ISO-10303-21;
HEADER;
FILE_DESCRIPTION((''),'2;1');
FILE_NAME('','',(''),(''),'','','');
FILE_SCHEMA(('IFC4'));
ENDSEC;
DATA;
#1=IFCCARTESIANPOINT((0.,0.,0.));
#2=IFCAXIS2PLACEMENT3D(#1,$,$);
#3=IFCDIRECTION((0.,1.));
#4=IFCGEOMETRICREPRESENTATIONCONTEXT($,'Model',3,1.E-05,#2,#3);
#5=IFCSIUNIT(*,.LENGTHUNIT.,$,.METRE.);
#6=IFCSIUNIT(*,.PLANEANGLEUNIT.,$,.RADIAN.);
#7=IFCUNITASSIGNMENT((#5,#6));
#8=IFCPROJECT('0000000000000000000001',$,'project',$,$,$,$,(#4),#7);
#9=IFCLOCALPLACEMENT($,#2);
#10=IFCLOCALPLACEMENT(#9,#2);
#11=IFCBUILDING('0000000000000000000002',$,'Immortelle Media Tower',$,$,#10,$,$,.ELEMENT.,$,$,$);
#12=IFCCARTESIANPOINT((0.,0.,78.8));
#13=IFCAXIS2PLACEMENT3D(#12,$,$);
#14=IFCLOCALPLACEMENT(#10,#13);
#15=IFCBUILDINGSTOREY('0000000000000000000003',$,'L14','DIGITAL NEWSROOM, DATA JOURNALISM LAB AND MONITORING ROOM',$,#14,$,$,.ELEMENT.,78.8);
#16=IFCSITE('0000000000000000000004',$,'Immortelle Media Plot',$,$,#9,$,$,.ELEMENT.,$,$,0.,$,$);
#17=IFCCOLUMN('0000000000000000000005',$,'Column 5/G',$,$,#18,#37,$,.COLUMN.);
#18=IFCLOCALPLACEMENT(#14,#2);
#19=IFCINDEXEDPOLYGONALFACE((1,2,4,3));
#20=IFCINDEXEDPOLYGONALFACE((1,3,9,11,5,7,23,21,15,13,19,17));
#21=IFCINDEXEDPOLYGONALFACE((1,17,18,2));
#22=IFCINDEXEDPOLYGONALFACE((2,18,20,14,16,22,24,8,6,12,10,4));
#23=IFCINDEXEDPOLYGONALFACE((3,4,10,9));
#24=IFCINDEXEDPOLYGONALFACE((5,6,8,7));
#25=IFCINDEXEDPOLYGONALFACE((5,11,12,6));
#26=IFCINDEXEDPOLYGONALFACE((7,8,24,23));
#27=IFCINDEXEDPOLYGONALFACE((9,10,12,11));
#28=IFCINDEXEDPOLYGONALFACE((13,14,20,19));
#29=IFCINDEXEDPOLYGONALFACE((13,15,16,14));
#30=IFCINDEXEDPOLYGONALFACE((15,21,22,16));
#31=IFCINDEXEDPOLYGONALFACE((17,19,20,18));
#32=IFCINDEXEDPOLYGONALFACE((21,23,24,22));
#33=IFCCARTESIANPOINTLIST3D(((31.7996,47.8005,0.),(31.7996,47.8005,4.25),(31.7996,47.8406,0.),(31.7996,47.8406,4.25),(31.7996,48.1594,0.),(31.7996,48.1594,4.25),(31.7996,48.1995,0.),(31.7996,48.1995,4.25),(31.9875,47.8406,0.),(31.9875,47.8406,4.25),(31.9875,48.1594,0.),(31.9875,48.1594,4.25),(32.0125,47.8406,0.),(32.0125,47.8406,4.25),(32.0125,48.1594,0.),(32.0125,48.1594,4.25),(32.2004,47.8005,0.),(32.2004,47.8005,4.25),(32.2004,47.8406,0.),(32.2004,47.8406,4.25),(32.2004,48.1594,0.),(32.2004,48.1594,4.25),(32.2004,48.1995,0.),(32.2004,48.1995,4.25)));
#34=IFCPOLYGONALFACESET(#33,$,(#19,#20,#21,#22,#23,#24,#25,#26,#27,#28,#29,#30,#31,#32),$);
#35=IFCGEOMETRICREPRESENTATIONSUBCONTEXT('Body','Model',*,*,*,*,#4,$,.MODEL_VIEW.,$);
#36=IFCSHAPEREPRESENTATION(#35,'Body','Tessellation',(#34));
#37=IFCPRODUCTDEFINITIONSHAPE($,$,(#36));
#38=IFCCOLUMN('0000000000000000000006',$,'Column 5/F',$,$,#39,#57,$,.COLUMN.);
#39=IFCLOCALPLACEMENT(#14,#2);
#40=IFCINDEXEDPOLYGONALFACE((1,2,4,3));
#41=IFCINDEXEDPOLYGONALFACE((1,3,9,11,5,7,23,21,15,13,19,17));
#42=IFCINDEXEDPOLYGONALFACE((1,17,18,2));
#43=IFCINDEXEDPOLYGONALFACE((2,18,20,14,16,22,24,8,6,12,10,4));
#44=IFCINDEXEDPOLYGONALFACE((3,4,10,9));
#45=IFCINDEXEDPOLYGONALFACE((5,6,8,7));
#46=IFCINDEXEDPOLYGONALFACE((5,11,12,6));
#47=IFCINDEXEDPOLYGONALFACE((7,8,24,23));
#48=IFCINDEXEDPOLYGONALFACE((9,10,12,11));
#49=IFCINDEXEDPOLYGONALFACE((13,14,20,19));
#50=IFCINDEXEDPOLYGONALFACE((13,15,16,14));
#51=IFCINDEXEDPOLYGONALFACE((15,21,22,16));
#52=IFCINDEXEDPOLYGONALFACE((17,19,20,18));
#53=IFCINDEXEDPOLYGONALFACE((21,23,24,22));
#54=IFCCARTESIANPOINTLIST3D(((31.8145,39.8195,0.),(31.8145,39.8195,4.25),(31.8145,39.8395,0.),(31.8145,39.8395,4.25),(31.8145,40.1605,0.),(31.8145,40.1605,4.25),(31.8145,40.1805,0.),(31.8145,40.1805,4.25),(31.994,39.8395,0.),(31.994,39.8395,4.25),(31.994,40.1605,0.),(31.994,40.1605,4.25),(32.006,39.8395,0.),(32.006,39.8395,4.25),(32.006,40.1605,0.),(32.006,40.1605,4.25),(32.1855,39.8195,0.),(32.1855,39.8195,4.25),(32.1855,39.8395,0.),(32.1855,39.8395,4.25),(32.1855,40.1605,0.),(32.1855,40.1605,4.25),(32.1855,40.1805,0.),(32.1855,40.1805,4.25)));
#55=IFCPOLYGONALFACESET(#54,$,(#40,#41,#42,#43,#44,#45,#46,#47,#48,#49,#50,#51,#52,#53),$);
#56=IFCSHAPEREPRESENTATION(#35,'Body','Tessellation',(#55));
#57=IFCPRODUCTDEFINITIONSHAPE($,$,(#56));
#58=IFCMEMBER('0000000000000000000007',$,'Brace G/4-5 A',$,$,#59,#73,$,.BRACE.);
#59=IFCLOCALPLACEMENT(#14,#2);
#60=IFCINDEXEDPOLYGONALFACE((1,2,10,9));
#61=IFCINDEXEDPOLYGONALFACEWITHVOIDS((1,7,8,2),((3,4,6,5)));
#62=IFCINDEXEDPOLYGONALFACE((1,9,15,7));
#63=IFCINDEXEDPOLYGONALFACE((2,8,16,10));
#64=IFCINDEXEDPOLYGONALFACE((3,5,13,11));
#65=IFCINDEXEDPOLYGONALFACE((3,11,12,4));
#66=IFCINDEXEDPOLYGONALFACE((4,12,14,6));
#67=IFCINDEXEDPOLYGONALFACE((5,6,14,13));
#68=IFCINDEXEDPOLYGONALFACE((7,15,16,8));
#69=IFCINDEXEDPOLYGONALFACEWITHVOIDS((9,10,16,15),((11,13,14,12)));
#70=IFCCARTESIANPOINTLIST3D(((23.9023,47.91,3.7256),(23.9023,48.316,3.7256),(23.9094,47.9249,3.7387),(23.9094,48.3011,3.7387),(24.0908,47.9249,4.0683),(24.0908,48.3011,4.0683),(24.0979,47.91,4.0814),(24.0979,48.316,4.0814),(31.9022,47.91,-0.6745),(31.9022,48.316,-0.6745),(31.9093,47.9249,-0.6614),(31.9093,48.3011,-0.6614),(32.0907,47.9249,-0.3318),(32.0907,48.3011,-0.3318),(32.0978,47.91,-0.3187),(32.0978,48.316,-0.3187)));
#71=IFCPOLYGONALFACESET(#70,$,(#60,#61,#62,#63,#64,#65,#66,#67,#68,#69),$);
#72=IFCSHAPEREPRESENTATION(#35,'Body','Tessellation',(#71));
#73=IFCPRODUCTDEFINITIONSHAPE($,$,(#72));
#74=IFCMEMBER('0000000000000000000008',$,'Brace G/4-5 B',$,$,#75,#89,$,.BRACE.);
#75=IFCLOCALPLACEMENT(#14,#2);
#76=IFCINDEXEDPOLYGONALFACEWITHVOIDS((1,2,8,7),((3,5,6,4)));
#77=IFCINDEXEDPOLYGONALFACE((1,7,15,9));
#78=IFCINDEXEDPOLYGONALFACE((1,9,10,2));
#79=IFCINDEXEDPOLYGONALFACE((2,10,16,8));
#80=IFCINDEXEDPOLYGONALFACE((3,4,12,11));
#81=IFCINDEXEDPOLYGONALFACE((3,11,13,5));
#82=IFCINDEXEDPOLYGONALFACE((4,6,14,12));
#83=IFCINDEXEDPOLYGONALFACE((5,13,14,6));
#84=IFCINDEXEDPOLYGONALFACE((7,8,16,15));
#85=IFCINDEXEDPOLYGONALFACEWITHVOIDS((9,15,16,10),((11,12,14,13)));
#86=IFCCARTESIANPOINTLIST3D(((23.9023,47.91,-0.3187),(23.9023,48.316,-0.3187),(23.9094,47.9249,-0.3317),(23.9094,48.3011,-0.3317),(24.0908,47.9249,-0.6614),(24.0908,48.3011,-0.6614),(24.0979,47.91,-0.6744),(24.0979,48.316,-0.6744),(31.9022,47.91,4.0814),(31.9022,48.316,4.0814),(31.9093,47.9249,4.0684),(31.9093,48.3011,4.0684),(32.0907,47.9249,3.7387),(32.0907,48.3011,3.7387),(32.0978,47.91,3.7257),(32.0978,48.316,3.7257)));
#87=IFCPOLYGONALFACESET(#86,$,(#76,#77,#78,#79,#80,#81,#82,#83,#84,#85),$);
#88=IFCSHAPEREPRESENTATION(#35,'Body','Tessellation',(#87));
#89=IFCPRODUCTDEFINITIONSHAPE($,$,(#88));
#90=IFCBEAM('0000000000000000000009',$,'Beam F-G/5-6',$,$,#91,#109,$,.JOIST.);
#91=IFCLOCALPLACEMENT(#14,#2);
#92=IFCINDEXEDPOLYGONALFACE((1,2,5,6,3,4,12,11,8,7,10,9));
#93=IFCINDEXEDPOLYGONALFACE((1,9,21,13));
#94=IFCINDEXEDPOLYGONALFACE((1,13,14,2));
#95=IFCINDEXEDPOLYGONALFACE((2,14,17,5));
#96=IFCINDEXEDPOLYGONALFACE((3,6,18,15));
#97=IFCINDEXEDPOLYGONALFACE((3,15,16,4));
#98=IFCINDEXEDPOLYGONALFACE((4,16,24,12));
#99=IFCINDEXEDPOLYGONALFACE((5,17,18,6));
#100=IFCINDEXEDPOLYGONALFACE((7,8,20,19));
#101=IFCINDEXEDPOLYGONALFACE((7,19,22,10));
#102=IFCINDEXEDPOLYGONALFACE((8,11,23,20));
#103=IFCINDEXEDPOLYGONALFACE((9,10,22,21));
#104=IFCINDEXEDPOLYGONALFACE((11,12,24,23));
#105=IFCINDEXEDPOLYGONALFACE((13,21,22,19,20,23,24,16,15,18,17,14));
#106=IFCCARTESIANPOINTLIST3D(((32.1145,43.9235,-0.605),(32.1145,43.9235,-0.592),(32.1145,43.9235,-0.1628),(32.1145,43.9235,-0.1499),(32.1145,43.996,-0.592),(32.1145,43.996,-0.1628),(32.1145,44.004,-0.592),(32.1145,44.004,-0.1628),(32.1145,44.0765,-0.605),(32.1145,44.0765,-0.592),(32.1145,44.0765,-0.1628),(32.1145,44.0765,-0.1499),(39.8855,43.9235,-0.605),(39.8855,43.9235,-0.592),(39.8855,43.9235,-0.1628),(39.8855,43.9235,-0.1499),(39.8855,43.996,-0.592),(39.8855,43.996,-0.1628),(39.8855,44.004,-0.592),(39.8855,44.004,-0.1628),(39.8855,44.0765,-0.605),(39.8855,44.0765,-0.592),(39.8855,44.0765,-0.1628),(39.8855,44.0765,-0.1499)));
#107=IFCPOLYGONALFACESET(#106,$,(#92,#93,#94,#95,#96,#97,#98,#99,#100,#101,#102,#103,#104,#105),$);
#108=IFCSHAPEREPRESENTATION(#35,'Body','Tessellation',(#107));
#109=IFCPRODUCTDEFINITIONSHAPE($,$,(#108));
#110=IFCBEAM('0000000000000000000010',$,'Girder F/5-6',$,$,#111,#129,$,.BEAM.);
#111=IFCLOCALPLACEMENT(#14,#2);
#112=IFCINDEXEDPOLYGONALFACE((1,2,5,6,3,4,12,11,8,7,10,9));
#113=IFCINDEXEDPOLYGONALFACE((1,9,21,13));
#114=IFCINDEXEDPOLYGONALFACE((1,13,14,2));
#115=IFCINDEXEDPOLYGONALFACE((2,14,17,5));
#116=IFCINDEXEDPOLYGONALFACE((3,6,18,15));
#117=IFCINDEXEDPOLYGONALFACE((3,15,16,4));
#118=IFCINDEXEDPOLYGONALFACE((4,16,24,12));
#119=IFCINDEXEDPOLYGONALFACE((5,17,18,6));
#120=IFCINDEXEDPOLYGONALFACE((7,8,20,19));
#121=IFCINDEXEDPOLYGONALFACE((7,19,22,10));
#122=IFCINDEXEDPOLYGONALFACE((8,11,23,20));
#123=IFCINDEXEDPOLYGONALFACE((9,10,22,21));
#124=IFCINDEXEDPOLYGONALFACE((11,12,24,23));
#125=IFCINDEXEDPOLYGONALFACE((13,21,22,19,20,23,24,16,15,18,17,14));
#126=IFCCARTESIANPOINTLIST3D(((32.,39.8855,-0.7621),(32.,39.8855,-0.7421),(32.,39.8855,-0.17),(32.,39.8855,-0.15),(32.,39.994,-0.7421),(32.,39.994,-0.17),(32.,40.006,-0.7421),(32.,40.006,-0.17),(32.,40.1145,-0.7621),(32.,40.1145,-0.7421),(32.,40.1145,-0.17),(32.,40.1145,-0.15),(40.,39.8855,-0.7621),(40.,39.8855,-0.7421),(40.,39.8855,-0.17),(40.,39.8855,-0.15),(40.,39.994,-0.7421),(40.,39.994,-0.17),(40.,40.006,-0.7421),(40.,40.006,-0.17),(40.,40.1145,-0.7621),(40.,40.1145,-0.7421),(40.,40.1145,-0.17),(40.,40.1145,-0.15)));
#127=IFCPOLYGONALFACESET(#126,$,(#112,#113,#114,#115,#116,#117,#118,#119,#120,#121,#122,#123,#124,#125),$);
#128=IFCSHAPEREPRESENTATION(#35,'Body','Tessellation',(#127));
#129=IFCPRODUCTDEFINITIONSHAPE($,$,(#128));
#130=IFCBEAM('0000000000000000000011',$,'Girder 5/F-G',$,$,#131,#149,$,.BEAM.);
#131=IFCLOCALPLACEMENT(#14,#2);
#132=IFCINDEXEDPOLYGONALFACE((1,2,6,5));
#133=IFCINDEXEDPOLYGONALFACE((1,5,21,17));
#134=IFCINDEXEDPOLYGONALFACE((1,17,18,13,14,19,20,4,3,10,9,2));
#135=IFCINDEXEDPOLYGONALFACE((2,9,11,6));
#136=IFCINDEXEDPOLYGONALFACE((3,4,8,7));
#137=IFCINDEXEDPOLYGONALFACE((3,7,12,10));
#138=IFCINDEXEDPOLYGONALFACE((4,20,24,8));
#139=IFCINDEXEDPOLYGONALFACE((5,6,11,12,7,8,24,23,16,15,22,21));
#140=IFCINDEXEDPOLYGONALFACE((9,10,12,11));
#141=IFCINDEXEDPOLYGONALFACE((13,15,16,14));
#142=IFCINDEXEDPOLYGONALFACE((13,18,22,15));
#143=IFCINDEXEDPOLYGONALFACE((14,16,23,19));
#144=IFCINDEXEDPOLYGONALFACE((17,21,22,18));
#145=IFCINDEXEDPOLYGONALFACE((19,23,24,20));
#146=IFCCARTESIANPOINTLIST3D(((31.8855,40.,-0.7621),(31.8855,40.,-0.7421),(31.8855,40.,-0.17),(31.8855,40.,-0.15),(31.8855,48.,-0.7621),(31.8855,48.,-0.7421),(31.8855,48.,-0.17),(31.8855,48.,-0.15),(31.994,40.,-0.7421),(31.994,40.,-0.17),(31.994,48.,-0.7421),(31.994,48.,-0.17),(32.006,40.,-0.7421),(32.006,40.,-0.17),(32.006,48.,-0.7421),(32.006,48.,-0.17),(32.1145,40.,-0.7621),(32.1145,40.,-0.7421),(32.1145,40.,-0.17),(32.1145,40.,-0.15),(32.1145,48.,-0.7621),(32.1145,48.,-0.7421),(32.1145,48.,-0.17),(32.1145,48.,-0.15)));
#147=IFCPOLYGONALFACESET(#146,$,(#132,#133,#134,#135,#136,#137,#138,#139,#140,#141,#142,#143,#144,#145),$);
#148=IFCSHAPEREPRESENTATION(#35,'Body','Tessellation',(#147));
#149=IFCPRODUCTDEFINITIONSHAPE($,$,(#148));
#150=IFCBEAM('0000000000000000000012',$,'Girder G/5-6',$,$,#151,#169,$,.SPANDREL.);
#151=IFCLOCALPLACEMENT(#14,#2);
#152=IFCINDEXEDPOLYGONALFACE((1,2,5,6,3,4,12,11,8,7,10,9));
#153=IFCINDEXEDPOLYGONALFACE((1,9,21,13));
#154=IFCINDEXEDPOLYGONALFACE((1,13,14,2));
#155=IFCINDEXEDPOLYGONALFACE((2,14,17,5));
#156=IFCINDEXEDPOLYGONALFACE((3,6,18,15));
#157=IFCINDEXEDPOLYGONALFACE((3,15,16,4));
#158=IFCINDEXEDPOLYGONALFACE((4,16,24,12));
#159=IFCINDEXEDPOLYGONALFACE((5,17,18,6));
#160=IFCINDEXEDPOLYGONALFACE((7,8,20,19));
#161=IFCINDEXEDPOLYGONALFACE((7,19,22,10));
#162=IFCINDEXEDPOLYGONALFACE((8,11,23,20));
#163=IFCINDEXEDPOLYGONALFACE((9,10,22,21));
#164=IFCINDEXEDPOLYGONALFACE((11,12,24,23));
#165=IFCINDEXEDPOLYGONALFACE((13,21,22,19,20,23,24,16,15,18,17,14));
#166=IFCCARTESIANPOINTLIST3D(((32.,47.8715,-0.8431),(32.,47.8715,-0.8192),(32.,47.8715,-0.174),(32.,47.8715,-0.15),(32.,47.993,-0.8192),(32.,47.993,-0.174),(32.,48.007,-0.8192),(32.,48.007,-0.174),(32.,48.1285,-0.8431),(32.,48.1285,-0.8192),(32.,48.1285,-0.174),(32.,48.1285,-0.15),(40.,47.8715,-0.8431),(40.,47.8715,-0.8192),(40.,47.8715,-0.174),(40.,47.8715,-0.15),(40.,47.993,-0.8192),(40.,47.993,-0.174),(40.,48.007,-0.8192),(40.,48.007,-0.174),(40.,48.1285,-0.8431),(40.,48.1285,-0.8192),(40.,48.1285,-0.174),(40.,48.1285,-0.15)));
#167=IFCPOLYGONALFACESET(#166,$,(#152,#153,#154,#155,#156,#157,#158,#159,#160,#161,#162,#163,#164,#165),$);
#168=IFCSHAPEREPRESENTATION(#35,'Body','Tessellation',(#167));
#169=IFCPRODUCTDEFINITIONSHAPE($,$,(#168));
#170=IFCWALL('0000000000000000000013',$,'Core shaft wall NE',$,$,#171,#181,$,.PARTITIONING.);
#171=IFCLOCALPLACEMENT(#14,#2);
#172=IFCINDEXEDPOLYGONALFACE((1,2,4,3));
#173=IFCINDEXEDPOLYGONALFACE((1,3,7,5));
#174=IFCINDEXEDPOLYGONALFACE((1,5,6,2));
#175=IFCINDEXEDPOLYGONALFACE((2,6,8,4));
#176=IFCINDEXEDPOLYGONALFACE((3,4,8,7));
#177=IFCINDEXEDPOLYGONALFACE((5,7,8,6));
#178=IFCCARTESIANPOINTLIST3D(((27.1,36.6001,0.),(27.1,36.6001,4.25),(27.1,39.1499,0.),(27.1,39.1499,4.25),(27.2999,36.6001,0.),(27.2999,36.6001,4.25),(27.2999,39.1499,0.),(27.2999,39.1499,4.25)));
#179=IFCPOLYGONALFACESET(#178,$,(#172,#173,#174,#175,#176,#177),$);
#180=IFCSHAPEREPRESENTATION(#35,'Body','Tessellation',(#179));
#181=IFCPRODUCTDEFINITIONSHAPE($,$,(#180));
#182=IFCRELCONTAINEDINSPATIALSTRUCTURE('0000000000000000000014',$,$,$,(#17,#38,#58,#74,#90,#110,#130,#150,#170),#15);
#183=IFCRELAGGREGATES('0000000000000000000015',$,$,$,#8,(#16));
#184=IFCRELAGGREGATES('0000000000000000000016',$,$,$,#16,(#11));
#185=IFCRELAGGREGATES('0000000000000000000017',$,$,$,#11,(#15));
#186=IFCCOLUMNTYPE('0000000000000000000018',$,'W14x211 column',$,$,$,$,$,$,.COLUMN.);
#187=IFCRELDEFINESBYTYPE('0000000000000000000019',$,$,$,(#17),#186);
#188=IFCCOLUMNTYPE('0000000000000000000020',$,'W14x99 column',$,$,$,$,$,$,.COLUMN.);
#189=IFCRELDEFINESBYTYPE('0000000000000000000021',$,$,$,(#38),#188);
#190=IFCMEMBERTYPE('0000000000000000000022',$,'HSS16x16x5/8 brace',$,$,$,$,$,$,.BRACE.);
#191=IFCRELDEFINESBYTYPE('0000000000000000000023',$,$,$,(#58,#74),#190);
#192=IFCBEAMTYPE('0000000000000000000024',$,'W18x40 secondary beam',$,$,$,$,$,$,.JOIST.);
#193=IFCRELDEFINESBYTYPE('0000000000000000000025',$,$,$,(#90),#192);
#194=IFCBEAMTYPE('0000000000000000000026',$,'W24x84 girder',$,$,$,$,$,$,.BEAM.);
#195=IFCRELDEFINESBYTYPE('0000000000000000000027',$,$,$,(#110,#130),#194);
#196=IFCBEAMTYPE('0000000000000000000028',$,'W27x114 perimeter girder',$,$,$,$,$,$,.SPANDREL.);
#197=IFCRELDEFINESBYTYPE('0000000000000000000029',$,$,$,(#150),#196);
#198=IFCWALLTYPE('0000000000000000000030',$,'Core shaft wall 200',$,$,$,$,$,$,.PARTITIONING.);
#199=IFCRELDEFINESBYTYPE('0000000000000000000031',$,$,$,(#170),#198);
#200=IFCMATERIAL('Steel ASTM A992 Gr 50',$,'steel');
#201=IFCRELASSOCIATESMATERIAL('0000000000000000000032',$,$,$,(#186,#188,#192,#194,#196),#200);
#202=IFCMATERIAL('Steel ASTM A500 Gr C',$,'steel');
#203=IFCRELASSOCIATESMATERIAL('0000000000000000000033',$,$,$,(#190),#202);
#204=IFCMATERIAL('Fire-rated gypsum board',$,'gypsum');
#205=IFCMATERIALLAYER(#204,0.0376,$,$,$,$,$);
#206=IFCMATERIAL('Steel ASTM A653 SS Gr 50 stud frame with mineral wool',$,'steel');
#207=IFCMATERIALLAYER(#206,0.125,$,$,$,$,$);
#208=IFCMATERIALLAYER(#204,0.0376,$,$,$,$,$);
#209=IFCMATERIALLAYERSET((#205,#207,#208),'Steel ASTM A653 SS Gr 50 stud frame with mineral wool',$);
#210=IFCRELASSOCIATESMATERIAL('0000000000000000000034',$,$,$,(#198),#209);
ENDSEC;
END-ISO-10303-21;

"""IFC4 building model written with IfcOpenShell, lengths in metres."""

from ifc_helpers import new_model, si_unit, direction, frame, frame_2d, origin, origin_2d, place, context, subcontext, project, spatial, rectangle, hollow_rectangle, i_section, extrude, material, layer, layer_set, material_profile, profile_set, type_object, element, save


model = new_model("IFC4")

# Units and contexts
model_context = context("Model", 3, precision=1e-05, world=origin(), true_north=direction((0.0, 1.0)))
body_context = subcontext(model_context, "Body", "Model", "MODEL_VIEW")
ifc_project = project(units=[si_unit("LENGTHUNIT", "METRE"), si_unit("PLANEANGLEUNIT", "RADIAN")], contexts=[model_context])

# Site, building, storey
site_placement = place(None, origin())
site = spatial("IfcSite", under=ifc_project, at=site_placement, Name="Immortelle Media Plot", CompositionType="ELEMENT", RefElevation=0.0)
building_placement = place(site_placement, origin())
building = spatial("IfcBuilding", under=site, at=building_placement, Name="Immortelle Media Tower", CompositionType="ELEMENT")
storey_placement = place(building_placement, frame((0.0, 0.0, 78.8)))
storey = spatial("IfcBuildingStorey", under=building, at=storey_placement, Name="L14", Description="DIGITAL NEWSROOM, DATA JOURNALISM LAB AND MONITORING ROOM", CompositionType="ELEMENT", Elevation=78.8)

# Columns
ifc_material_1 = material(Name="Steel ASTM A992 Gr 50", Category="steel")
ifc_material_profile_1 = material_profile(ifc_material_1, i_section(OverallWidth=0.4009, OverallDepth=0.3989, WebThickness=0.0249, FlangeThickness=0.04, at=origin_2d()), Name="W14x211")
ifc_profile_set_1 = profile_set([ifc_material_profile_1], Name="Steel ASTM A992 Gr 50")
column_type_1 = type_object("IfcColumnType", Name="W14x211 column", PredefinedType="COLUMN", material=ifc_profile_set_1)
column_1_placement = place(storey_placement, frame((32.0, 48.0, 0.0), z_axis=(0.0, 0.0, 1.0), x_axis=(1.0, 0.0, 0.0)))
element("IfcColumn", 1, at=column_1_placement, inside=storey, type_object=column_type_1, Name="Column 5/G", PredefinedType="COLUMN", context=body_context, shape_type="SweptSolid", body=[
    extrude(i_section(OverallWidth=0.4009, OverallDepth=0.3989, WebThickness=0.0249, FlangeThickness=0.04, at=origin_2d()), origin(), (0.0, 0.0, 1.0), 4.25),
])
ifc_material_profile_2 = material_profile(ifc_material_1, i_section(OverallWidth=0.3711, OverallDepth=0.3611, WebThickness=0.012, FlangeThickness=0.02, at=origin_2d()), Name="W14x99")
ifc_profile_set_2 = profile_set([ifc_material_profile_2], Name="Steel ASTM A992 Gr 50")
column_type_2 = type_object("IfcColumnType", Name="W14x99 column", PredefinedType="COLUMN", material=ifc_profile_set_2)
column_2_placement = place(storey_placement, frame((32.0, 40.0, 0.0), z_axis=(0.0, 0.0, 1.0), x_axis=(1.0, 0.0, 0.0)))
element("IfcColumn", 2, at=column_2_placement, inside=storey, type_object=column_type_2, Name="Column 5/F", PredefinedType="COLUMN", context=body_context, shape_type="SweptSolid", body=[
    extrude(i_section(OverallWidth=0.3711, OverallDepth=0.3611, WebThickness=0.012, FlangeThickness=0.02, at=origin_2d()), origin(), (0.0, 0.0, 1.0), 4.25),
])

# Members
ifc_material_2 = material(Name="Steel ASTM A500 Gr C", Category="steel")
ifc_material_profile_3 = material_profile(ifc_material_2, hollow_rectangle(XDim=0.406, YDim=0.406, WallThickness=0.0149, at=origin_2d()), Name="HSS16x16x5/8 brace")
ifc_profile_set_3 = profile_set([ifc_material_profile_3], Name="Steel ASTM A500 Gr C")
member_type = type_object("IfcMemberType", Name="HSS16x16x5/8 brace", PredefinedType="BRACE", material=ifc_profile_set_3)
for number, where, z_axis, x_axis, name in (
    (3, (32.0, 48.113, -0.4966), (-0.876209, 0.0, 0.481931), (0.0, -1.0, 0.0), "Brace G/4-5 A"),
    (4, (32.0, 48.113, 3.9036), (-0.876209, 0.0, -0.481931), (0.0, -1.0, 0.0), "Brace G/4-5 B"),
):
    element("IfcMember", number, at=place(storey_placement, frame(where, z_axis=z_axis, x_axis=x_axis)), inside=storey, type_object=member_type, Name=name, PredefinedType="BRACE", context=body_context, shape_type="SweptSolid", body=[
        extrude(hollow_rectangle(XDim=0.406, YDim=0.406, WallThickness=0.0149, at=origin_2d()), origin(), (0.0, 0.0, 1.0), 9.1301),
    ])

# Beams
ifc_material_profile_4 = material_profile(ifc_material_1, i_section(OverallWidth=0.1531, OverallDepth=0.4551, WebThickness=0.0081, FlangeThickness=0.0129, at=origin_2d()), Name="W18x40")
ifc_profile_set_4 = profile_set([ifc_material_profile_4], Name="Steel ASTM A992 Gr 50")
beam_type_1 = type_object("IfcBeamType", Name="W18x40 secondary beam", PredefinedType="JOIST", material=ifc_profile_set_4)
beam_1_placement = place(storey_placement, frame((32.1145, 44.0, -0.3774), z_axis=(1.0, 0.0, 0.0), x_axis=(0.0, 1.0, 0.0)))
element("IfcBeam", 5, at=beam_1_placement, inside=storey, type_object=beam_type_1, Name="Beam F-G/5-6", PredefinedType="JOIST", context=body_context, shape_type="SweptSolid", body=[
    extrude(i_section(OverallWidth=0.1531, OverallDepth=0.4551, WebThickness=0.0081, FlangeThickness=0.0129, at=origin_2d()), origin(), (0.0, 0.0, 1.0), 7.771),
])
ifc_material_profile_5 = material_profile(ifc_material_1, i_section(OverallWidth=0.229, OverallDepth=0.6121, WebThickness=0.012, FlangeThickness=0.02, at=origin_2d()), Name="W24x84")
ifc_profile_set_5 = profile_set([ifc_material_profile_5], Name="Steel ASTM A992 Gr 50")
beam_type_2 = type_object("IfcBeamType", Name="W24x84 girder", PredefinedType="BEAM", material=ifc_profile_set_5)
for number, where, z_axis, x_axis, name in (
    (6, (32.0, 40.0, -0.4561), (1.0, 0.0, 0.0), (0.0, 1.0, 0.0), "Girder F/5-6"),
    (7, (32.0, 40.0, -0.4561), (0.0, 1.0, 0.0), (-1.0, 0.0, 0.0), "Girder 5/F-G"),
):
    element("IfcBeam", number, at=place(storey_placement, frame(where, z_axis=z_axis, x_axis=x_axis)), inside=storey, type_object=beam_type_2, Name=name, PredefinedType="BEAM", context=body_context, shape_type="SweptSolid", body=[
        extrude(i_section(OverallWidth=0.229, OverallDepth=0.6121, WebThickness=0.012, FlangeThickness=0.02, at=origin_2d()), origin(), (0.0, 0.0, 1.0), 8.0),
    ])
ifc_material_profile_6 = material_profile(ifc_material_1, i_section(OverallWidth=0.2571, OverallDepth=0.6931, WebThickness=0.0139, FlangeThickness=0.0239, at=origin_2d()), Name="W27x114")
ifc_profile_set_6 = profile_set([ifc_material_profile_6], Name="Steel ASTM A992 Gr 50")
beam_type_3 = type_object("IfcBeamType", Name="W27x114 perimeter girder", PredefinedType="SPANDREL", material=ifc_profile_set_6)
beam_2_placement = place(storey_placement, frame((32.0, 48.0, -0.4966), z_axis=(1.0, 0.0, 0.0), x_axis=(0.0, 1.0, 0.0)))
element("IfcBeam", 8, at=beam_2_placement, inside=storey, type_object=beam_type_3, Name="Girder G/5-6", PredefinedType="SPANDREL", context=body_context, shape_type="SweptSolid", body=[
    extrude(i_section(OverallWidth=0.2571, OverallDepth=0.6931, WebThickness=0.0139, FlangeThickness=0.0239, at=origin_2d()), origin(), (0.0, 0.0, 1.0), 8.0),
])

# Wall
ifc_material_3 = material(Name="Fire-rated gypsum board", Category="gypsum")
ifc_layer_1 = layer(ifc_material_3, 0.0376)
ifc_material_4 = material(Name="Steel ASTM A653 SS Gr 50 stud frame with mineral wool", Category="steel")
ifc_layer_2 = layer(ifc_material_4, 0.125)
ifc_layer_3 = layer(ifc_material_3, 0.0376)
ifc_layer_set_1 = layer_set([ifc_layer_1, ifc_layer_2, ifc_layer_3], Name="Steel ASTM A653 SS Gr 50 stud frame with mineral wool")
wall_type_1 = type_object("IfcWallType", Name="Core shaft wall 200", PredefinedType="PARTITIONING", material=ifc_layer_set_1)
for number, where, z_axis, x_axis, name in (
    (9, (27.2, 36.6001, 0.0), (0.0, 0.0, 1.0), (0.0, 1.0, 0.0), "Core shaft wall NE"),
):
    element("IfcWall", number, at=place(storey_placement, frame(where, z_axis=z_axis, x_axis=x_axis)), inside=storey, type_object=wall_type_1, Name=name, PredefinedType="PARTITIONING", context=body_context, shape_type="SweptSolid", body=[
        extrude(rectangle(XDim=2.5498, YDim=0.2, at=frame_2d((1.2749, 0.0))), origin(), (0.0, 0.0, 1.0), 4.25),
    ])

save(model, "model.ifc")
